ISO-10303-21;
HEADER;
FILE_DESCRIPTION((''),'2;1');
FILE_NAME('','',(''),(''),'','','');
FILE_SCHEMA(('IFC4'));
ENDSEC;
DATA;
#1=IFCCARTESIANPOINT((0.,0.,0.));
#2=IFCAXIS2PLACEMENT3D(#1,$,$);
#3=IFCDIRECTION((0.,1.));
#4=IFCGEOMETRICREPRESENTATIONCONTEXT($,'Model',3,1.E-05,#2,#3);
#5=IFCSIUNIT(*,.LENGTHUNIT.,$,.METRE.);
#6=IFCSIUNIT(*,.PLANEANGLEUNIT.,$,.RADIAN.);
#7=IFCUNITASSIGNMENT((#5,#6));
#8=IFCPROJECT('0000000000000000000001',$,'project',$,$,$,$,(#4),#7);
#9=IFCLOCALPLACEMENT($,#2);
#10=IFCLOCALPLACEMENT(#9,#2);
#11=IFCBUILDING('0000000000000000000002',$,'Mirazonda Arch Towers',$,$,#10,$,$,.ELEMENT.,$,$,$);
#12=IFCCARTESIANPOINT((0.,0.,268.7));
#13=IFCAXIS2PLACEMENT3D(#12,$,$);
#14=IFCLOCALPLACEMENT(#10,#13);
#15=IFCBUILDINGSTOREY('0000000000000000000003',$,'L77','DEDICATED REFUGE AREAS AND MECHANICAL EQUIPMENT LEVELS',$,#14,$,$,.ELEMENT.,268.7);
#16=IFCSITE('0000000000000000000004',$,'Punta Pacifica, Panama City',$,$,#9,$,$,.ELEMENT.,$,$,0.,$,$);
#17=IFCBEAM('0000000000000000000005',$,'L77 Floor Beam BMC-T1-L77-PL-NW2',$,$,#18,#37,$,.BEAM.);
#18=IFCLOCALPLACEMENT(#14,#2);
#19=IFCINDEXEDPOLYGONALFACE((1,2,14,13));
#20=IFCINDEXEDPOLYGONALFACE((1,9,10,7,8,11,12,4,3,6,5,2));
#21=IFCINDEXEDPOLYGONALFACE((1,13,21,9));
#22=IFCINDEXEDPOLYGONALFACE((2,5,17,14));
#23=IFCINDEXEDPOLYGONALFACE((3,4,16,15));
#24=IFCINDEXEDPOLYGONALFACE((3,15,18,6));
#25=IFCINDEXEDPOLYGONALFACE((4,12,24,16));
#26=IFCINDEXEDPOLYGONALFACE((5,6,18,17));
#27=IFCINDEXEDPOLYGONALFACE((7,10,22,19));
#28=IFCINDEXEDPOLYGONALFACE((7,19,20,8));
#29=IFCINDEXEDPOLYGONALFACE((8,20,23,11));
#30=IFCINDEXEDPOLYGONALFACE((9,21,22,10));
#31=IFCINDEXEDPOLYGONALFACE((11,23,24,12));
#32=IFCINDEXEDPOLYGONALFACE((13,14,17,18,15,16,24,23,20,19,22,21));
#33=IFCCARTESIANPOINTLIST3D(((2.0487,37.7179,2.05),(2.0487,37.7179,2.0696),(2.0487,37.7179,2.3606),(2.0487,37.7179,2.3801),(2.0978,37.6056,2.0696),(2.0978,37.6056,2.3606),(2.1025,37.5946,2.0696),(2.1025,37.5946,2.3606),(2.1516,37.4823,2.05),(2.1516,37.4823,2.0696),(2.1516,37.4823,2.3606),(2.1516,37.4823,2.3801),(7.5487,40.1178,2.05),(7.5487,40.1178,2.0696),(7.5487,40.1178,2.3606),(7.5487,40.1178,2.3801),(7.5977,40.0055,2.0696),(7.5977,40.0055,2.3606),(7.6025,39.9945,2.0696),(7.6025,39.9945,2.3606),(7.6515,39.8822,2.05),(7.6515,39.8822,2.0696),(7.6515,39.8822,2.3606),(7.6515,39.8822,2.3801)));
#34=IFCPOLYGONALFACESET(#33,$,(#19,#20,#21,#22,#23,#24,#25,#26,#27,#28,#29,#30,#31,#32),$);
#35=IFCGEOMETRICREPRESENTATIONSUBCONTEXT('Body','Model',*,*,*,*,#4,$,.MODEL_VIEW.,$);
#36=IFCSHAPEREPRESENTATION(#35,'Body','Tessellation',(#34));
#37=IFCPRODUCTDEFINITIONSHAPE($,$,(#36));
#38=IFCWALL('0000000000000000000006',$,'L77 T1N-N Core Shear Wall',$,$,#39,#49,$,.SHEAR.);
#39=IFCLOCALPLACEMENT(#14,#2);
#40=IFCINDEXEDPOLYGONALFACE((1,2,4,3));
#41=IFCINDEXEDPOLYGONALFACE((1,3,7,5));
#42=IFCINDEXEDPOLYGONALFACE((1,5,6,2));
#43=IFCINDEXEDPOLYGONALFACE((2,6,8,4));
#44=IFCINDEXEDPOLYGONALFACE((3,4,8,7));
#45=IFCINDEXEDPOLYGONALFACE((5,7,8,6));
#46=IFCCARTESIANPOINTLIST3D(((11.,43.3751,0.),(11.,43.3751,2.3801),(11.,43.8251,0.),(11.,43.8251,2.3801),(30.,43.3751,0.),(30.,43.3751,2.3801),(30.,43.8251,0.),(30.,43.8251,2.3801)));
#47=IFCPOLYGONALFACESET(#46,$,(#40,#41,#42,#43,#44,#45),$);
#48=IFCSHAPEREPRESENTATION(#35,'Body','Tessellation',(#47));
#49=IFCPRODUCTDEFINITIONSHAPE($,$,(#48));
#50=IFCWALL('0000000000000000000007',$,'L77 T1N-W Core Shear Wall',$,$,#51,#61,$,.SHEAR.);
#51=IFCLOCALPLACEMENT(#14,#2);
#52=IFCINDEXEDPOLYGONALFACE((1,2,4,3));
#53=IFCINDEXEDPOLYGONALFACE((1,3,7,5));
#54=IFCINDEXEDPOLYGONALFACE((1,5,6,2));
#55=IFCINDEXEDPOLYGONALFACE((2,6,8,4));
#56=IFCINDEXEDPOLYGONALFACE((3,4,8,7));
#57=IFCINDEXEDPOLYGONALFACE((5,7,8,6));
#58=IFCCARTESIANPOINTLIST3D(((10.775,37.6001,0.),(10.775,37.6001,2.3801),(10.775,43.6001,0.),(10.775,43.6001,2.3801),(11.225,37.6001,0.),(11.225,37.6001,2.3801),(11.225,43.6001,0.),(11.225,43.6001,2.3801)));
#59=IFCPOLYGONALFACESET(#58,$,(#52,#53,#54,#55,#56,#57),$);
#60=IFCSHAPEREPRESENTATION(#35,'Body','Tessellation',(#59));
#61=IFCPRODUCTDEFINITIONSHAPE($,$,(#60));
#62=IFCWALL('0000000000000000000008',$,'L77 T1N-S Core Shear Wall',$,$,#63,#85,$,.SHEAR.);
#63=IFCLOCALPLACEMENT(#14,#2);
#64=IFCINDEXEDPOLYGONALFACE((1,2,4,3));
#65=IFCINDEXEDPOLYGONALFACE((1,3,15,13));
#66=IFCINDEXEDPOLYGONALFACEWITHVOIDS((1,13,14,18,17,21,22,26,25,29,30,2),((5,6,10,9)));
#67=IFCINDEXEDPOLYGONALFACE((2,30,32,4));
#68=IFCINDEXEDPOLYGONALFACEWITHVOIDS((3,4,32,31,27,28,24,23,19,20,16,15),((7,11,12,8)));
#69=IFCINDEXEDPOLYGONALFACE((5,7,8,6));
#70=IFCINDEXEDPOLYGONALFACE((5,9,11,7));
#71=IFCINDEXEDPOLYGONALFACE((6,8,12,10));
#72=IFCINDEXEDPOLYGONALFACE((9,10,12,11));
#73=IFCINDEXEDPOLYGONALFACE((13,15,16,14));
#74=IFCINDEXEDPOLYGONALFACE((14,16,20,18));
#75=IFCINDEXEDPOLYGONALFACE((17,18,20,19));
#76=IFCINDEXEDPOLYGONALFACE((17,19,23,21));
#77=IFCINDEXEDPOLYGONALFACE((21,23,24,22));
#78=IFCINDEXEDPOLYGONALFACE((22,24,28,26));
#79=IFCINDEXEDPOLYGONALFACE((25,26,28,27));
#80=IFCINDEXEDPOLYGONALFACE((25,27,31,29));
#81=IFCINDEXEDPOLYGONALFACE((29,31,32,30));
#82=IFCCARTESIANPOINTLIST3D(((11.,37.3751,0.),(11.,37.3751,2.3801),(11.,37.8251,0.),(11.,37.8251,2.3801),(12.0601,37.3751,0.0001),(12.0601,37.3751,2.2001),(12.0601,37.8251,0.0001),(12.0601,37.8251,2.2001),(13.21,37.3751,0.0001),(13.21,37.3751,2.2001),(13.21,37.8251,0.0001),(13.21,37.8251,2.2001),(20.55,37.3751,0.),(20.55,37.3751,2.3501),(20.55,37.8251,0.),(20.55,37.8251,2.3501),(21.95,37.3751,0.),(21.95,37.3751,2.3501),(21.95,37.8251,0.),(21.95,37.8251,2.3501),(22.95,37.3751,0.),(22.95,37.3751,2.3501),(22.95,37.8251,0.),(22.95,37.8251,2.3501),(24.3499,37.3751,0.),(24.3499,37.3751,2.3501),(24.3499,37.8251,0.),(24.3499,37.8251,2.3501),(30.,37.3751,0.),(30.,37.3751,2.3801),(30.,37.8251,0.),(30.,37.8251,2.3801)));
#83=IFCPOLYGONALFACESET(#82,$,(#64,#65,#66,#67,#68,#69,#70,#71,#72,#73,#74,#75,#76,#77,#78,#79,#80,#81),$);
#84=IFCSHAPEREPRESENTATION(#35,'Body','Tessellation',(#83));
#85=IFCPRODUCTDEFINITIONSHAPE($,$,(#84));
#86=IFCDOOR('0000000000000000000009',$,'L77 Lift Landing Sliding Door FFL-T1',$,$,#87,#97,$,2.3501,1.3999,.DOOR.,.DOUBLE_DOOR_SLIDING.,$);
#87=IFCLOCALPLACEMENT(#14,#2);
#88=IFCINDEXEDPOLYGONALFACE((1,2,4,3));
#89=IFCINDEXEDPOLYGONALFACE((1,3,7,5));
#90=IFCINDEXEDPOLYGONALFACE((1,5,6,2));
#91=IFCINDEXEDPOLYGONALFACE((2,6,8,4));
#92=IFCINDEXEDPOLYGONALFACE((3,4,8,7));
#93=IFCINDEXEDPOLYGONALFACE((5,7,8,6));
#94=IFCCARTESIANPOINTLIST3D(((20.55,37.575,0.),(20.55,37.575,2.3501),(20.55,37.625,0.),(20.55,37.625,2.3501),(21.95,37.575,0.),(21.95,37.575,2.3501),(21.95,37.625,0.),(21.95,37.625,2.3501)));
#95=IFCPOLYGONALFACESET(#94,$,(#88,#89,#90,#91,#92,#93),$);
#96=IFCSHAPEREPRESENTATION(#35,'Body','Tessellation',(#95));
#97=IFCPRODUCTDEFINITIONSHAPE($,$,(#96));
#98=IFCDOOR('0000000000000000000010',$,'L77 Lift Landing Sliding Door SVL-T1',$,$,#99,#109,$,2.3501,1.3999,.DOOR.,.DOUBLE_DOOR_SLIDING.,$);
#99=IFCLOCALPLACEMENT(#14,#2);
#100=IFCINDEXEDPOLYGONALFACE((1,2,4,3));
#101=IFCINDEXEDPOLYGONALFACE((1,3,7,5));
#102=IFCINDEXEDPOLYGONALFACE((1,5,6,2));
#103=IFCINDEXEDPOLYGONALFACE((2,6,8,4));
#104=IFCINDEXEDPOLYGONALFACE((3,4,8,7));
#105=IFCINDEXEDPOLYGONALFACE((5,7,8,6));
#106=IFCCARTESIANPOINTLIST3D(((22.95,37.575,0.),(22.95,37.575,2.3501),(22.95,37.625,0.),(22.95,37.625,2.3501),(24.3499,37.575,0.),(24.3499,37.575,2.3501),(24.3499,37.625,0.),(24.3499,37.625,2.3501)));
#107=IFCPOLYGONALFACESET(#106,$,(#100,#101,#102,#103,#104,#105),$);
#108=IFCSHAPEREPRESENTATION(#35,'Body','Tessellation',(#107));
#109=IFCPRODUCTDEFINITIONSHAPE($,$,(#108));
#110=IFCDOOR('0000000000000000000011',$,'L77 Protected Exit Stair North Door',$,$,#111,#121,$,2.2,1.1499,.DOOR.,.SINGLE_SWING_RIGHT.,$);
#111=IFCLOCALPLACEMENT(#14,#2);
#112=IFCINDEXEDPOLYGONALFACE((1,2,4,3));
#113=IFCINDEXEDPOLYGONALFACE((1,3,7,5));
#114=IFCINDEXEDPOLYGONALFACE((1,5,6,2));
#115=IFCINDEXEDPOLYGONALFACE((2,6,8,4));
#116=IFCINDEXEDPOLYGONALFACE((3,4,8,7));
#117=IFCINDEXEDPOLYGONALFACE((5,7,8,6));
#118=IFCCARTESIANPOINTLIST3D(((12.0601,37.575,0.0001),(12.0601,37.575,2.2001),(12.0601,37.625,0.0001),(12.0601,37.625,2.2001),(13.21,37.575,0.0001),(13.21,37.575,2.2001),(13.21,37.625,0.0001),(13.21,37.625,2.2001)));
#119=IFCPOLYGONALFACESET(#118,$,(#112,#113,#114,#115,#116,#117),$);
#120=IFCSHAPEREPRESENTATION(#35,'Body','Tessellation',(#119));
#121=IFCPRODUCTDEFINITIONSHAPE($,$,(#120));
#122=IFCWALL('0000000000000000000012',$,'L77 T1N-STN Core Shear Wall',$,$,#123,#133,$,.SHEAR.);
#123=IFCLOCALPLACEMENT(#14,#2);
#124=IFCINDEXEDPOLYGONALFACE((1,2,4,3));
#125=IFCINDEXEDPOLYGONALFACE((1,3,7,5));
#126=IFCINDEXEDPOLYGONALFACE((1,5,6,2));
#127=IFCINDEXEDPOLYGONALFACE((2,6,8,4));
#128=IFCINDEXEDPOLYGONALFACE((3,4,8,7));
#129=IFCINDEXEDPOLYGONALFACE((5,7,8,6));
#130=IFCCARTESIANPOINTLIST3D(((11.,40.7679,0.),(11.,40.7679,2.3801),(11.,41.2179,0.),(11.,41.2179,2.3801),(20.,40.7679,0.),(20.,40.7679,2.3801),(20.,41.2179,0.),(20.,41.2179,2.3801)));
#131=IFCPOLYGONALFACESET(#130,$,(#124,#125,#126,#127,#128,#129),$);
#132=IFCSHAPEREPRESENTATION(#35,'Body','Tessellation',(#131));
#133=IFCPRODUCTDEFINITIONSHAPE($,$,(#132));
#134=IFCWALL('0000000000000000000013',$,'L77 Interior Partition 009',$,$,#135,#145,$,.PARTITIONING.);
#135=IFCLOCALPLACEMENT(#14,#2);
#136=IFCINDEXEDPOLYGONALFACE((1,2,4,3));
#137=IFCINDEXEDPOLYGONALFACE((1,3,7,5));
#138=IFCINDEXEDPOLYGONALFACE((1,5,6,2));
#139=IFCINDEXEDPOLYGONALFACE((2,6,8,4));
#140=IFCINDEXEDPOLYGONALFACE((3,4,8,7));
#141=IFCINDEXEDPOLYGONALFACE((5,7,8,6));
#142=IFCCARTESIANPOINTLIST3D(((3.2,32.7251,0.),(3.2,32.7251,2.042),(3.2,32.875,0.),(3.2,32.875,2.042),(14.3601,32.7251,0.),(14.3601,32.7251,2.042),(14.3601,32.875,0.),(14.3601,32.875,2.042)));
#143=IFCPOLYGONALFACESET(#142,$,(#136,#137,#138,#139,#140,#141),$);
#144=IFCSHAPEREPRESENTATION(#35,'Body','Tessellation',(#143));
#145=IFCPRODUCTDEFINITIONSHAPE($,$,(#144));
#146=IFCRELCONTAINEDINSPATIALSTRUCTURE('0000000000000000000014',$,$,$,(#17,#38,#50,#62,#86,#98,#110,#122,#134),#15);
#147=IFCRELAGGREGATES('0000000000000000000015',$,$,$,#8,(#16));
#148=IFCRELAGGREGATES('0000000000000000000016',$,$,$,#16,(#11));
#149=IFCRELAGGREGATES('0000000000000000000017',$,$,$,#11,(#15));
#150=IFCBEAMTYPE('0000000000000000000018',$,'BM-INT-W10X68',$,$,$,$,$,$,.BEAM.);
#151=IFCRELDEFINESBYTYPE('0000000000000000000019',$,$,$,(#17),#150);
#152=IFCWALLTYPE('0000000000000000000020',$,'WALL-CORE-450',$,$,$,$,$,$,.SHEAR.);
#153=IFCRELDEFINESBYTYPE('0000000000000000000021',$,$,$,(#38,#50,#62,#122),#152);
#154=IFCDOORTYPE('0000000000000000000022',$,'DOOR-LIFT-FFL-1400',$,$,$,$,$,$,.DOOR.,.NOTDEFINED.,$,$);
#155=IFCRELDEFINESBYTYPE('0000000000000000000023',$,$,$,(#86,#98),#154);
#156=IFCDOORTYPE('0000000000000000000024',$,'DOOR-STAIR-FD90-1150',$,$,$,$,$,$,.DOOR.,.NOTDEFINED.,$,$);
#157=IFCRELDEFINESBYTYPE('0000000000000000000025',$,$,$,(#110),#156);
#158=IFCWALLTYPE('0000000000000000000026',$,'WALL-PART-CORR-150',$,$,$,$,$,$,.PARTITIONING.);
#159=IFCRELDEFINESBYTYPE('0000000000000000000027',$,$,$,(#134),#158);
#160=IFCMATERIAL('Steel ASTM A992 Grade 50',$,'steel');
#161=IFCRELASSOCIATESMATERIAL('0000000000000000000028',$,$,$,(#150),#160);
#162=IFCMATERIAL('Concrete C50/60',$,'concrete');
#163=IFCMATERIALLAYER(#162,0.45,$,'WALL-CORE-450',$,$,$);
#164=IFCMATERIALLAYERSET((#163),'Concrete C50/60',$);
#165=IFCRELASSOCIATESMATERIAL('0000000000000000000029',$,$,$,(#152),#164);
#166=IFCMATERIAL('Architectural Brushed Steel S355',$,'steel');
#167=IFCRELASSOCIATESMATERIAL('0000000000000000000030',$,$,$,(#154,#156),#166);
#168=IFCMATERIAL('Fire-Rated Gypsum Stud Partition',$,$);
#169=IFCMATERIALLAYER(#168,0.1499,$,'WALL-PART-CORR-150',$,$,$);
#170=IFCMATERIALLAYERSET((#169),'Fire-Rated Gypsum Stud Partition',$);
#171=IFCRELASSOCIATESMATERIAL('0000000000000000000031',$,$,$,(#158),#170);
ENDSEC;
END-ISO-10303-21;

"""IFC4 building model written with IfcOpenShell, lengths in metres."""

from ifc_helpers import new_model, si_unit, direction, frame, frame_2d, origin, origin_2d, place, context, subcontext, project, spatial, rectangle, i_section, extrude, material, layer, layer_set, material_profile, profile_set, type_object, element, fill, save


model = new_model("IFC4")

# Units and contexts
model_context = context("Model", 3, precision=1e-05, world=origin(), true_north=direction((0.0, 1.0)))
body_context = subcontext(model_context, "Body", "Model", "MODEL_VIEW")
ifc_project = project(units=[si_unit("LENGTHUNIT", "METRE"), si_unit("PLANEANGLEUNIT", "RADIAN")], contexts=[model_context])

# Site, building, storey
site_placement = place(None, origin())
site = spatial("IfcSite", under=ifc_project, at=site_placement, Name="Punta Pacifica, Panama City", CompositionType="ELEMENT", RefElevation=0.0)
building_placement = place(site_placement, origin())
building = spatial("IfcBuilding", under=site, at=building_placement, Name="Mirazonda Arch Towers", CompositionType="ELEMENT")
storey_placement = place(building_placement, frame((0.0, 0.0, 268.7)))
storey = spatial("IfcBuildingStorey", under=building, at=storey_placement, Name="L77", Description="DEDICATED REFUGE AREAS AND MECHANICAL EQUIPMENT LEVELS", CompositionType="ELEMENT", Elevation=268.7)

# Shared definitions
ifc_material_1 = material(Name="Concrete C50/60", Category="concrete")

# Beam
ifc_material_2 = material(Name="Steel ASTM A992 Grade 50", Category="steel")
ifc_material_profile_1 = material_profile(ifc_material_2, i_section(OverallWidth=0.2571, OverallDepth=0.3301, WebThickness=0.012, FlangeThickness=0.0195, at=origin_2d()), Name="W10X68")
ifc_profile_set_1 = profile_set([ifc_material_profile_1], Name="Steel ASTM A992 Grade 50")
beam_type_1 = type_object("IfcBeamType", Name="BM-INT-W10X68", PredefinedType="BEAM", material=ifc_profile_set_1)
beam_1_placement = place(storey_placement, frame((7.6001, 40.0, 2.2151), z_axis=(-0.916545, -0.399931, 0.0), x_axis=(0.399931, -0.916545, 0.0)))
element("IfcBeam", 1, at=beam_1_placement, inside=storey, type_object=beam_type_1, Name="L77 Floor Beam BMC-T1-L77-PL-NW2", PredefinedType="BEAM", context=body_context, shape_type="SweptSolid", body=[
    extrude(i_section(OverallWidth=0.2571, OverallDepth=0.3301, WebThickness=0.012, FlangeThickness=0.0195, at=origin_2d()), origin(), (0.0, 0.0, 1.0), 6.0007),
])

# Walls
ifc_layer_1 = layer(ifc_material_1, 0.45, Name="WALL-CORE-450")
ifc_layer_set_1 = layer_set([ifc_layer_1], Name="Concrete C50/60")
wall_type_1 = type_object("IfcWallType", Name="WALL-CORE-450", PredefinedType="SHEAR", material=ifc_layer_set_1)
wall_1_placement = place(storey_placement, frame((11.0, 43.6001, 0.0), z_axis=(0.0, 0.0, 1.0), x_axis=(1.0, 0.0, 0.0)))
element("IfcWall", 2, at=wall_1_placement, inside=storey, type_object=wall_type_1, Name="L77 T1N-N Core Shear Wall", PredefinedType="SHEAR", context=body_context, shape_type="SweptSolid", body=[
    extrude(rectangle(XDim=19.0, YDim=0.45, at=frame_2d((9.5, 0.0))), origin(), (0.0, 0.0, 1.0), 2.3801),
])
wall_2_placement = place(storey_placement, frame((11.0, 37.6001, 0.0), z_axis=(0.0, 0.0, 1.0), x_axis=(0.0, 1.0, 0.0)))
element("IfcWall", 3, at=wall_2_placement, inside=storey, type_object=wall_type_1, Name="L77 T1N-W Core Shear Wall", PredefinedType="SHEAR", context=body_context, shape_type="SweptSolid", body=[
    extrude(rectangle(XDim=6.0, YDim=0.45, at=frame_2d((3.0, 0.0))), origin(), (0.0, 0.0, 1.0), 2.3801),
])

# Wall, openings, doors
wall_3_placement = place(storey_placement, frame((11.0, 37.6001, 0.0), z_axis=(0.0, 0.0, 1.0), x_axis=(1.0, 0.0, 0.0)))
wall_3 = element("IfcWall", 4, at=wall_3_placement, inside=storey, type_object=wall_type_1, Name="L77 T1N-S Core Shear Wall", PredefinedType="SHEAR", context=body_context, shape_type="SweptSolid", body=[
    extrude(rectangle(XDim=19.0, YDim=0.45, at=frame_2d((9.5, 0.0))), origin(), (0.0, 0.0, 1.0), 2.3801),
])
opening_1_placement = place(wall_3_placement, frame((1.0601, 0.0, 0.0)))
opening_1 = element("IfcOpeningElement", 5, at=opening_1_placement, cuts=wall_3, PredefinedType="OPENING", context=body_context, shape_type="SweptSolid", body=[
    extrude(rectangle(XDim=1.1499, YDim=2.2, at=frame_2d((0.575, 1.1001))), frame((0.0, 0.2349, 0.0), z_axis=(0.0, -1.0, 0.0), x_axis=(1.0, 0.0, 0.0)), (0.0, 0.0, 1.0), 0.47),
])
opening_2_placement = place(wall_3_placement, frame((9.55, 0.0, 0.0)))
opening_2 = element("IfcOpeningElement", 6, at=opening_2_placement, cuts=wall_3, PredefinedType="OPENING", context=body_context, shape_type="SweptSolid", body=[
    extrude(rectangle(XDim=1.3999, YDim=2.3501, at=frame_2d((0.7, 1.175))), frame((0.0, 0.2349, 0.0), z_axis=(0.0, -1.0, 0.0), x_axis=(1.0, 0.0, 0.0)), (0.0, 0.0, 1.0), 0.47),
])
opening_3_placement = place(wall_3_placement, frame((11.95, 0.0, 0.0)))
opening_3 = element("IfcOpeningElement", 7, at=opening_3_placement, cuts=wall_3, PredefinedType="OPENING", context=body_context, shape_type="SweptSolid", body=[
    extrude(rectangle(XDim=1.3999, YDim=2.3501, at=frame_2d((0.7, 1.175))), frame((0.0, 0.2349, 0.0), z_axis=(0.0, -1.0, 0.0), x_axis=(1.0, 0.0, 0.0)), (0.0, 0.0, 1.0), 0.47),
])
ifc_material_3 = material(Name="Architectural Brushed Steel S355", Category="steel")
door_type_1 = type_object("IfcDoorType", Name="DOOR-LIFT-FFL-1400", OperationType="NOTDEFINED", PredefinedType="DOOR", material=ifc_material_3)
door_1_placement = place(opening_2_placement, origin())
door_1 = element("IfcDoor", 8, at=door_1_placement, inside=storey, type_object=door_type_1, Name="L77 Lift Landing Sliding Door FFL-T1", OperationType="DOUBLE_DOOR_SLIDING", OverallHeight=2.3501, OverallWidth=1.3999, PredefinedType="DOOR", context=body_context, shape_type="SweptSolid", body=[
    extrude(rectangle(XDim=1.3999, YDim=2.3501, at=frame_2d((0.7, 1.175))), frame((0.0, 0.0249, 0.0), z_axis=(0.0, -1.0, 0.0), x_axis=(1.0, 0.0, 0.0)), (0.0, 0.0, 1.0), 0.05),
])
fill(opening_2, door_1)
door_2_placement = place(opening_3_placement, origin())
door_2 = element("IfcDoor", 9, at=door_2_placement, inside=storey, type_object=door_type_1, Name="L77 Lift Landing Sliding Door SVL-T1", OperationType="DOUBLE_DOOR_SLIDING", OverallHeight=2.3501, OverallWidth=1.3999, PredefinedType="DOOR", context=body_context, shape_type="SweptSolid", body=[
    extrude(rectangle(XDim=1.3999, YDim=2.3501, at=frame_2d((0.7, 1.175))), frame((0.0, 0.0249, 0.0), z_axis=(0.0, -1.0, 0.0), x_axis=(1.0, 0.0, 0.0)), (0.0, 0.0, 1.0), 0.05),
])
fill(opening_3, door_2)
door_type_2 = type_object("IfcDoorType", Name="DOOR-STAIR-FD90-1150", OperationType="NOTDEFINED", PredefinedType="DOOR", material=ifc_material_3)
door_3_placement = place(opening_1_placement, origin())
door_3 = element("IfcDoor", 10, at=door_3_placement, inside=storey, type_object=door_type_2, Name="L77 Protected Exit Stair North Door", OperationType="SINGLE_SWING_RIGHT", OverallHeight=2.2, OverallWidth=1.1499, PredefinedType="DOOR", context=body_context, shape_type="SweptSolid", body=[
    extrude(rectangle(XDim=1.1499, YDim=2.2, at=frame_2d((0.575, 1.1001))), frame((0.0, 0.0249, 0.0), z_axis=(0.0, -1.0, 0.0), x_axis=(1.0, 0.0, 0.0)), (0.0, 0.0, 1.0), 0.05),
])
fill(opening_1, door_3)

# Walls
wall_4_placement = place(storey_placement, frame((11.0, 40.9929, 0.0), z_axis=(0.0, 0.0, 1.0), x_axis=(1.0, 0.0, 0.0)))
element("IfcWall", 11, at=wall_4_placement, inside=storey, type_object=wall_type_1, Name="L77 T1N-STN Core Shear Wall", PredefinedType="SHEAR", context=body_context, shape_type="SweptSolid", body=[
    extrude(rectangle(XDim=9.0, YDim=0.45, at=frame_2d((4.5, 0.0))), origin(), (0.0, 0.0, 1.0), 2.3801),
])
ifc_material_4 = material(Name="Fire-Rated Gypsum Stud Partition")
ifc_layer_2 = layer(ifc_material_4, 0.1499, Name="WALL-PART-CORR-150")
ifc_layer_set_2 = layer_set([ifc_layer_2], Name="Fire-Rated Gypsum Stud Partition")
wall_type_2 = type_object("IfcWallType", Name="WALL-PART-CORR-150", PredefinedType="PARTITIONING", material=ifc_layer_set_2)
wall_5_placement = place(storey_placement, frame((3.2, 32.8, 0.0), z_axis=(0.0, 0.0, 1.0), x_axis=(1.0, 0.0, 0.0)))
element("IfcWall", 12, at=wall_5_placement, inside=storey, type_object=wall_type_2, Name="L77 Interior Partition 009", PredefinedType="PARTITIONING", context=body_context, shape_type="SweptSolid", body=[
    extrude(rectangle(XDim=11.1602, YDim=0.1499, at=frame_2d((5.5801, 0.0))), origin(), (0.0, 0.0, 1.0), 2.042),
])

save(model, "model.ifc")
